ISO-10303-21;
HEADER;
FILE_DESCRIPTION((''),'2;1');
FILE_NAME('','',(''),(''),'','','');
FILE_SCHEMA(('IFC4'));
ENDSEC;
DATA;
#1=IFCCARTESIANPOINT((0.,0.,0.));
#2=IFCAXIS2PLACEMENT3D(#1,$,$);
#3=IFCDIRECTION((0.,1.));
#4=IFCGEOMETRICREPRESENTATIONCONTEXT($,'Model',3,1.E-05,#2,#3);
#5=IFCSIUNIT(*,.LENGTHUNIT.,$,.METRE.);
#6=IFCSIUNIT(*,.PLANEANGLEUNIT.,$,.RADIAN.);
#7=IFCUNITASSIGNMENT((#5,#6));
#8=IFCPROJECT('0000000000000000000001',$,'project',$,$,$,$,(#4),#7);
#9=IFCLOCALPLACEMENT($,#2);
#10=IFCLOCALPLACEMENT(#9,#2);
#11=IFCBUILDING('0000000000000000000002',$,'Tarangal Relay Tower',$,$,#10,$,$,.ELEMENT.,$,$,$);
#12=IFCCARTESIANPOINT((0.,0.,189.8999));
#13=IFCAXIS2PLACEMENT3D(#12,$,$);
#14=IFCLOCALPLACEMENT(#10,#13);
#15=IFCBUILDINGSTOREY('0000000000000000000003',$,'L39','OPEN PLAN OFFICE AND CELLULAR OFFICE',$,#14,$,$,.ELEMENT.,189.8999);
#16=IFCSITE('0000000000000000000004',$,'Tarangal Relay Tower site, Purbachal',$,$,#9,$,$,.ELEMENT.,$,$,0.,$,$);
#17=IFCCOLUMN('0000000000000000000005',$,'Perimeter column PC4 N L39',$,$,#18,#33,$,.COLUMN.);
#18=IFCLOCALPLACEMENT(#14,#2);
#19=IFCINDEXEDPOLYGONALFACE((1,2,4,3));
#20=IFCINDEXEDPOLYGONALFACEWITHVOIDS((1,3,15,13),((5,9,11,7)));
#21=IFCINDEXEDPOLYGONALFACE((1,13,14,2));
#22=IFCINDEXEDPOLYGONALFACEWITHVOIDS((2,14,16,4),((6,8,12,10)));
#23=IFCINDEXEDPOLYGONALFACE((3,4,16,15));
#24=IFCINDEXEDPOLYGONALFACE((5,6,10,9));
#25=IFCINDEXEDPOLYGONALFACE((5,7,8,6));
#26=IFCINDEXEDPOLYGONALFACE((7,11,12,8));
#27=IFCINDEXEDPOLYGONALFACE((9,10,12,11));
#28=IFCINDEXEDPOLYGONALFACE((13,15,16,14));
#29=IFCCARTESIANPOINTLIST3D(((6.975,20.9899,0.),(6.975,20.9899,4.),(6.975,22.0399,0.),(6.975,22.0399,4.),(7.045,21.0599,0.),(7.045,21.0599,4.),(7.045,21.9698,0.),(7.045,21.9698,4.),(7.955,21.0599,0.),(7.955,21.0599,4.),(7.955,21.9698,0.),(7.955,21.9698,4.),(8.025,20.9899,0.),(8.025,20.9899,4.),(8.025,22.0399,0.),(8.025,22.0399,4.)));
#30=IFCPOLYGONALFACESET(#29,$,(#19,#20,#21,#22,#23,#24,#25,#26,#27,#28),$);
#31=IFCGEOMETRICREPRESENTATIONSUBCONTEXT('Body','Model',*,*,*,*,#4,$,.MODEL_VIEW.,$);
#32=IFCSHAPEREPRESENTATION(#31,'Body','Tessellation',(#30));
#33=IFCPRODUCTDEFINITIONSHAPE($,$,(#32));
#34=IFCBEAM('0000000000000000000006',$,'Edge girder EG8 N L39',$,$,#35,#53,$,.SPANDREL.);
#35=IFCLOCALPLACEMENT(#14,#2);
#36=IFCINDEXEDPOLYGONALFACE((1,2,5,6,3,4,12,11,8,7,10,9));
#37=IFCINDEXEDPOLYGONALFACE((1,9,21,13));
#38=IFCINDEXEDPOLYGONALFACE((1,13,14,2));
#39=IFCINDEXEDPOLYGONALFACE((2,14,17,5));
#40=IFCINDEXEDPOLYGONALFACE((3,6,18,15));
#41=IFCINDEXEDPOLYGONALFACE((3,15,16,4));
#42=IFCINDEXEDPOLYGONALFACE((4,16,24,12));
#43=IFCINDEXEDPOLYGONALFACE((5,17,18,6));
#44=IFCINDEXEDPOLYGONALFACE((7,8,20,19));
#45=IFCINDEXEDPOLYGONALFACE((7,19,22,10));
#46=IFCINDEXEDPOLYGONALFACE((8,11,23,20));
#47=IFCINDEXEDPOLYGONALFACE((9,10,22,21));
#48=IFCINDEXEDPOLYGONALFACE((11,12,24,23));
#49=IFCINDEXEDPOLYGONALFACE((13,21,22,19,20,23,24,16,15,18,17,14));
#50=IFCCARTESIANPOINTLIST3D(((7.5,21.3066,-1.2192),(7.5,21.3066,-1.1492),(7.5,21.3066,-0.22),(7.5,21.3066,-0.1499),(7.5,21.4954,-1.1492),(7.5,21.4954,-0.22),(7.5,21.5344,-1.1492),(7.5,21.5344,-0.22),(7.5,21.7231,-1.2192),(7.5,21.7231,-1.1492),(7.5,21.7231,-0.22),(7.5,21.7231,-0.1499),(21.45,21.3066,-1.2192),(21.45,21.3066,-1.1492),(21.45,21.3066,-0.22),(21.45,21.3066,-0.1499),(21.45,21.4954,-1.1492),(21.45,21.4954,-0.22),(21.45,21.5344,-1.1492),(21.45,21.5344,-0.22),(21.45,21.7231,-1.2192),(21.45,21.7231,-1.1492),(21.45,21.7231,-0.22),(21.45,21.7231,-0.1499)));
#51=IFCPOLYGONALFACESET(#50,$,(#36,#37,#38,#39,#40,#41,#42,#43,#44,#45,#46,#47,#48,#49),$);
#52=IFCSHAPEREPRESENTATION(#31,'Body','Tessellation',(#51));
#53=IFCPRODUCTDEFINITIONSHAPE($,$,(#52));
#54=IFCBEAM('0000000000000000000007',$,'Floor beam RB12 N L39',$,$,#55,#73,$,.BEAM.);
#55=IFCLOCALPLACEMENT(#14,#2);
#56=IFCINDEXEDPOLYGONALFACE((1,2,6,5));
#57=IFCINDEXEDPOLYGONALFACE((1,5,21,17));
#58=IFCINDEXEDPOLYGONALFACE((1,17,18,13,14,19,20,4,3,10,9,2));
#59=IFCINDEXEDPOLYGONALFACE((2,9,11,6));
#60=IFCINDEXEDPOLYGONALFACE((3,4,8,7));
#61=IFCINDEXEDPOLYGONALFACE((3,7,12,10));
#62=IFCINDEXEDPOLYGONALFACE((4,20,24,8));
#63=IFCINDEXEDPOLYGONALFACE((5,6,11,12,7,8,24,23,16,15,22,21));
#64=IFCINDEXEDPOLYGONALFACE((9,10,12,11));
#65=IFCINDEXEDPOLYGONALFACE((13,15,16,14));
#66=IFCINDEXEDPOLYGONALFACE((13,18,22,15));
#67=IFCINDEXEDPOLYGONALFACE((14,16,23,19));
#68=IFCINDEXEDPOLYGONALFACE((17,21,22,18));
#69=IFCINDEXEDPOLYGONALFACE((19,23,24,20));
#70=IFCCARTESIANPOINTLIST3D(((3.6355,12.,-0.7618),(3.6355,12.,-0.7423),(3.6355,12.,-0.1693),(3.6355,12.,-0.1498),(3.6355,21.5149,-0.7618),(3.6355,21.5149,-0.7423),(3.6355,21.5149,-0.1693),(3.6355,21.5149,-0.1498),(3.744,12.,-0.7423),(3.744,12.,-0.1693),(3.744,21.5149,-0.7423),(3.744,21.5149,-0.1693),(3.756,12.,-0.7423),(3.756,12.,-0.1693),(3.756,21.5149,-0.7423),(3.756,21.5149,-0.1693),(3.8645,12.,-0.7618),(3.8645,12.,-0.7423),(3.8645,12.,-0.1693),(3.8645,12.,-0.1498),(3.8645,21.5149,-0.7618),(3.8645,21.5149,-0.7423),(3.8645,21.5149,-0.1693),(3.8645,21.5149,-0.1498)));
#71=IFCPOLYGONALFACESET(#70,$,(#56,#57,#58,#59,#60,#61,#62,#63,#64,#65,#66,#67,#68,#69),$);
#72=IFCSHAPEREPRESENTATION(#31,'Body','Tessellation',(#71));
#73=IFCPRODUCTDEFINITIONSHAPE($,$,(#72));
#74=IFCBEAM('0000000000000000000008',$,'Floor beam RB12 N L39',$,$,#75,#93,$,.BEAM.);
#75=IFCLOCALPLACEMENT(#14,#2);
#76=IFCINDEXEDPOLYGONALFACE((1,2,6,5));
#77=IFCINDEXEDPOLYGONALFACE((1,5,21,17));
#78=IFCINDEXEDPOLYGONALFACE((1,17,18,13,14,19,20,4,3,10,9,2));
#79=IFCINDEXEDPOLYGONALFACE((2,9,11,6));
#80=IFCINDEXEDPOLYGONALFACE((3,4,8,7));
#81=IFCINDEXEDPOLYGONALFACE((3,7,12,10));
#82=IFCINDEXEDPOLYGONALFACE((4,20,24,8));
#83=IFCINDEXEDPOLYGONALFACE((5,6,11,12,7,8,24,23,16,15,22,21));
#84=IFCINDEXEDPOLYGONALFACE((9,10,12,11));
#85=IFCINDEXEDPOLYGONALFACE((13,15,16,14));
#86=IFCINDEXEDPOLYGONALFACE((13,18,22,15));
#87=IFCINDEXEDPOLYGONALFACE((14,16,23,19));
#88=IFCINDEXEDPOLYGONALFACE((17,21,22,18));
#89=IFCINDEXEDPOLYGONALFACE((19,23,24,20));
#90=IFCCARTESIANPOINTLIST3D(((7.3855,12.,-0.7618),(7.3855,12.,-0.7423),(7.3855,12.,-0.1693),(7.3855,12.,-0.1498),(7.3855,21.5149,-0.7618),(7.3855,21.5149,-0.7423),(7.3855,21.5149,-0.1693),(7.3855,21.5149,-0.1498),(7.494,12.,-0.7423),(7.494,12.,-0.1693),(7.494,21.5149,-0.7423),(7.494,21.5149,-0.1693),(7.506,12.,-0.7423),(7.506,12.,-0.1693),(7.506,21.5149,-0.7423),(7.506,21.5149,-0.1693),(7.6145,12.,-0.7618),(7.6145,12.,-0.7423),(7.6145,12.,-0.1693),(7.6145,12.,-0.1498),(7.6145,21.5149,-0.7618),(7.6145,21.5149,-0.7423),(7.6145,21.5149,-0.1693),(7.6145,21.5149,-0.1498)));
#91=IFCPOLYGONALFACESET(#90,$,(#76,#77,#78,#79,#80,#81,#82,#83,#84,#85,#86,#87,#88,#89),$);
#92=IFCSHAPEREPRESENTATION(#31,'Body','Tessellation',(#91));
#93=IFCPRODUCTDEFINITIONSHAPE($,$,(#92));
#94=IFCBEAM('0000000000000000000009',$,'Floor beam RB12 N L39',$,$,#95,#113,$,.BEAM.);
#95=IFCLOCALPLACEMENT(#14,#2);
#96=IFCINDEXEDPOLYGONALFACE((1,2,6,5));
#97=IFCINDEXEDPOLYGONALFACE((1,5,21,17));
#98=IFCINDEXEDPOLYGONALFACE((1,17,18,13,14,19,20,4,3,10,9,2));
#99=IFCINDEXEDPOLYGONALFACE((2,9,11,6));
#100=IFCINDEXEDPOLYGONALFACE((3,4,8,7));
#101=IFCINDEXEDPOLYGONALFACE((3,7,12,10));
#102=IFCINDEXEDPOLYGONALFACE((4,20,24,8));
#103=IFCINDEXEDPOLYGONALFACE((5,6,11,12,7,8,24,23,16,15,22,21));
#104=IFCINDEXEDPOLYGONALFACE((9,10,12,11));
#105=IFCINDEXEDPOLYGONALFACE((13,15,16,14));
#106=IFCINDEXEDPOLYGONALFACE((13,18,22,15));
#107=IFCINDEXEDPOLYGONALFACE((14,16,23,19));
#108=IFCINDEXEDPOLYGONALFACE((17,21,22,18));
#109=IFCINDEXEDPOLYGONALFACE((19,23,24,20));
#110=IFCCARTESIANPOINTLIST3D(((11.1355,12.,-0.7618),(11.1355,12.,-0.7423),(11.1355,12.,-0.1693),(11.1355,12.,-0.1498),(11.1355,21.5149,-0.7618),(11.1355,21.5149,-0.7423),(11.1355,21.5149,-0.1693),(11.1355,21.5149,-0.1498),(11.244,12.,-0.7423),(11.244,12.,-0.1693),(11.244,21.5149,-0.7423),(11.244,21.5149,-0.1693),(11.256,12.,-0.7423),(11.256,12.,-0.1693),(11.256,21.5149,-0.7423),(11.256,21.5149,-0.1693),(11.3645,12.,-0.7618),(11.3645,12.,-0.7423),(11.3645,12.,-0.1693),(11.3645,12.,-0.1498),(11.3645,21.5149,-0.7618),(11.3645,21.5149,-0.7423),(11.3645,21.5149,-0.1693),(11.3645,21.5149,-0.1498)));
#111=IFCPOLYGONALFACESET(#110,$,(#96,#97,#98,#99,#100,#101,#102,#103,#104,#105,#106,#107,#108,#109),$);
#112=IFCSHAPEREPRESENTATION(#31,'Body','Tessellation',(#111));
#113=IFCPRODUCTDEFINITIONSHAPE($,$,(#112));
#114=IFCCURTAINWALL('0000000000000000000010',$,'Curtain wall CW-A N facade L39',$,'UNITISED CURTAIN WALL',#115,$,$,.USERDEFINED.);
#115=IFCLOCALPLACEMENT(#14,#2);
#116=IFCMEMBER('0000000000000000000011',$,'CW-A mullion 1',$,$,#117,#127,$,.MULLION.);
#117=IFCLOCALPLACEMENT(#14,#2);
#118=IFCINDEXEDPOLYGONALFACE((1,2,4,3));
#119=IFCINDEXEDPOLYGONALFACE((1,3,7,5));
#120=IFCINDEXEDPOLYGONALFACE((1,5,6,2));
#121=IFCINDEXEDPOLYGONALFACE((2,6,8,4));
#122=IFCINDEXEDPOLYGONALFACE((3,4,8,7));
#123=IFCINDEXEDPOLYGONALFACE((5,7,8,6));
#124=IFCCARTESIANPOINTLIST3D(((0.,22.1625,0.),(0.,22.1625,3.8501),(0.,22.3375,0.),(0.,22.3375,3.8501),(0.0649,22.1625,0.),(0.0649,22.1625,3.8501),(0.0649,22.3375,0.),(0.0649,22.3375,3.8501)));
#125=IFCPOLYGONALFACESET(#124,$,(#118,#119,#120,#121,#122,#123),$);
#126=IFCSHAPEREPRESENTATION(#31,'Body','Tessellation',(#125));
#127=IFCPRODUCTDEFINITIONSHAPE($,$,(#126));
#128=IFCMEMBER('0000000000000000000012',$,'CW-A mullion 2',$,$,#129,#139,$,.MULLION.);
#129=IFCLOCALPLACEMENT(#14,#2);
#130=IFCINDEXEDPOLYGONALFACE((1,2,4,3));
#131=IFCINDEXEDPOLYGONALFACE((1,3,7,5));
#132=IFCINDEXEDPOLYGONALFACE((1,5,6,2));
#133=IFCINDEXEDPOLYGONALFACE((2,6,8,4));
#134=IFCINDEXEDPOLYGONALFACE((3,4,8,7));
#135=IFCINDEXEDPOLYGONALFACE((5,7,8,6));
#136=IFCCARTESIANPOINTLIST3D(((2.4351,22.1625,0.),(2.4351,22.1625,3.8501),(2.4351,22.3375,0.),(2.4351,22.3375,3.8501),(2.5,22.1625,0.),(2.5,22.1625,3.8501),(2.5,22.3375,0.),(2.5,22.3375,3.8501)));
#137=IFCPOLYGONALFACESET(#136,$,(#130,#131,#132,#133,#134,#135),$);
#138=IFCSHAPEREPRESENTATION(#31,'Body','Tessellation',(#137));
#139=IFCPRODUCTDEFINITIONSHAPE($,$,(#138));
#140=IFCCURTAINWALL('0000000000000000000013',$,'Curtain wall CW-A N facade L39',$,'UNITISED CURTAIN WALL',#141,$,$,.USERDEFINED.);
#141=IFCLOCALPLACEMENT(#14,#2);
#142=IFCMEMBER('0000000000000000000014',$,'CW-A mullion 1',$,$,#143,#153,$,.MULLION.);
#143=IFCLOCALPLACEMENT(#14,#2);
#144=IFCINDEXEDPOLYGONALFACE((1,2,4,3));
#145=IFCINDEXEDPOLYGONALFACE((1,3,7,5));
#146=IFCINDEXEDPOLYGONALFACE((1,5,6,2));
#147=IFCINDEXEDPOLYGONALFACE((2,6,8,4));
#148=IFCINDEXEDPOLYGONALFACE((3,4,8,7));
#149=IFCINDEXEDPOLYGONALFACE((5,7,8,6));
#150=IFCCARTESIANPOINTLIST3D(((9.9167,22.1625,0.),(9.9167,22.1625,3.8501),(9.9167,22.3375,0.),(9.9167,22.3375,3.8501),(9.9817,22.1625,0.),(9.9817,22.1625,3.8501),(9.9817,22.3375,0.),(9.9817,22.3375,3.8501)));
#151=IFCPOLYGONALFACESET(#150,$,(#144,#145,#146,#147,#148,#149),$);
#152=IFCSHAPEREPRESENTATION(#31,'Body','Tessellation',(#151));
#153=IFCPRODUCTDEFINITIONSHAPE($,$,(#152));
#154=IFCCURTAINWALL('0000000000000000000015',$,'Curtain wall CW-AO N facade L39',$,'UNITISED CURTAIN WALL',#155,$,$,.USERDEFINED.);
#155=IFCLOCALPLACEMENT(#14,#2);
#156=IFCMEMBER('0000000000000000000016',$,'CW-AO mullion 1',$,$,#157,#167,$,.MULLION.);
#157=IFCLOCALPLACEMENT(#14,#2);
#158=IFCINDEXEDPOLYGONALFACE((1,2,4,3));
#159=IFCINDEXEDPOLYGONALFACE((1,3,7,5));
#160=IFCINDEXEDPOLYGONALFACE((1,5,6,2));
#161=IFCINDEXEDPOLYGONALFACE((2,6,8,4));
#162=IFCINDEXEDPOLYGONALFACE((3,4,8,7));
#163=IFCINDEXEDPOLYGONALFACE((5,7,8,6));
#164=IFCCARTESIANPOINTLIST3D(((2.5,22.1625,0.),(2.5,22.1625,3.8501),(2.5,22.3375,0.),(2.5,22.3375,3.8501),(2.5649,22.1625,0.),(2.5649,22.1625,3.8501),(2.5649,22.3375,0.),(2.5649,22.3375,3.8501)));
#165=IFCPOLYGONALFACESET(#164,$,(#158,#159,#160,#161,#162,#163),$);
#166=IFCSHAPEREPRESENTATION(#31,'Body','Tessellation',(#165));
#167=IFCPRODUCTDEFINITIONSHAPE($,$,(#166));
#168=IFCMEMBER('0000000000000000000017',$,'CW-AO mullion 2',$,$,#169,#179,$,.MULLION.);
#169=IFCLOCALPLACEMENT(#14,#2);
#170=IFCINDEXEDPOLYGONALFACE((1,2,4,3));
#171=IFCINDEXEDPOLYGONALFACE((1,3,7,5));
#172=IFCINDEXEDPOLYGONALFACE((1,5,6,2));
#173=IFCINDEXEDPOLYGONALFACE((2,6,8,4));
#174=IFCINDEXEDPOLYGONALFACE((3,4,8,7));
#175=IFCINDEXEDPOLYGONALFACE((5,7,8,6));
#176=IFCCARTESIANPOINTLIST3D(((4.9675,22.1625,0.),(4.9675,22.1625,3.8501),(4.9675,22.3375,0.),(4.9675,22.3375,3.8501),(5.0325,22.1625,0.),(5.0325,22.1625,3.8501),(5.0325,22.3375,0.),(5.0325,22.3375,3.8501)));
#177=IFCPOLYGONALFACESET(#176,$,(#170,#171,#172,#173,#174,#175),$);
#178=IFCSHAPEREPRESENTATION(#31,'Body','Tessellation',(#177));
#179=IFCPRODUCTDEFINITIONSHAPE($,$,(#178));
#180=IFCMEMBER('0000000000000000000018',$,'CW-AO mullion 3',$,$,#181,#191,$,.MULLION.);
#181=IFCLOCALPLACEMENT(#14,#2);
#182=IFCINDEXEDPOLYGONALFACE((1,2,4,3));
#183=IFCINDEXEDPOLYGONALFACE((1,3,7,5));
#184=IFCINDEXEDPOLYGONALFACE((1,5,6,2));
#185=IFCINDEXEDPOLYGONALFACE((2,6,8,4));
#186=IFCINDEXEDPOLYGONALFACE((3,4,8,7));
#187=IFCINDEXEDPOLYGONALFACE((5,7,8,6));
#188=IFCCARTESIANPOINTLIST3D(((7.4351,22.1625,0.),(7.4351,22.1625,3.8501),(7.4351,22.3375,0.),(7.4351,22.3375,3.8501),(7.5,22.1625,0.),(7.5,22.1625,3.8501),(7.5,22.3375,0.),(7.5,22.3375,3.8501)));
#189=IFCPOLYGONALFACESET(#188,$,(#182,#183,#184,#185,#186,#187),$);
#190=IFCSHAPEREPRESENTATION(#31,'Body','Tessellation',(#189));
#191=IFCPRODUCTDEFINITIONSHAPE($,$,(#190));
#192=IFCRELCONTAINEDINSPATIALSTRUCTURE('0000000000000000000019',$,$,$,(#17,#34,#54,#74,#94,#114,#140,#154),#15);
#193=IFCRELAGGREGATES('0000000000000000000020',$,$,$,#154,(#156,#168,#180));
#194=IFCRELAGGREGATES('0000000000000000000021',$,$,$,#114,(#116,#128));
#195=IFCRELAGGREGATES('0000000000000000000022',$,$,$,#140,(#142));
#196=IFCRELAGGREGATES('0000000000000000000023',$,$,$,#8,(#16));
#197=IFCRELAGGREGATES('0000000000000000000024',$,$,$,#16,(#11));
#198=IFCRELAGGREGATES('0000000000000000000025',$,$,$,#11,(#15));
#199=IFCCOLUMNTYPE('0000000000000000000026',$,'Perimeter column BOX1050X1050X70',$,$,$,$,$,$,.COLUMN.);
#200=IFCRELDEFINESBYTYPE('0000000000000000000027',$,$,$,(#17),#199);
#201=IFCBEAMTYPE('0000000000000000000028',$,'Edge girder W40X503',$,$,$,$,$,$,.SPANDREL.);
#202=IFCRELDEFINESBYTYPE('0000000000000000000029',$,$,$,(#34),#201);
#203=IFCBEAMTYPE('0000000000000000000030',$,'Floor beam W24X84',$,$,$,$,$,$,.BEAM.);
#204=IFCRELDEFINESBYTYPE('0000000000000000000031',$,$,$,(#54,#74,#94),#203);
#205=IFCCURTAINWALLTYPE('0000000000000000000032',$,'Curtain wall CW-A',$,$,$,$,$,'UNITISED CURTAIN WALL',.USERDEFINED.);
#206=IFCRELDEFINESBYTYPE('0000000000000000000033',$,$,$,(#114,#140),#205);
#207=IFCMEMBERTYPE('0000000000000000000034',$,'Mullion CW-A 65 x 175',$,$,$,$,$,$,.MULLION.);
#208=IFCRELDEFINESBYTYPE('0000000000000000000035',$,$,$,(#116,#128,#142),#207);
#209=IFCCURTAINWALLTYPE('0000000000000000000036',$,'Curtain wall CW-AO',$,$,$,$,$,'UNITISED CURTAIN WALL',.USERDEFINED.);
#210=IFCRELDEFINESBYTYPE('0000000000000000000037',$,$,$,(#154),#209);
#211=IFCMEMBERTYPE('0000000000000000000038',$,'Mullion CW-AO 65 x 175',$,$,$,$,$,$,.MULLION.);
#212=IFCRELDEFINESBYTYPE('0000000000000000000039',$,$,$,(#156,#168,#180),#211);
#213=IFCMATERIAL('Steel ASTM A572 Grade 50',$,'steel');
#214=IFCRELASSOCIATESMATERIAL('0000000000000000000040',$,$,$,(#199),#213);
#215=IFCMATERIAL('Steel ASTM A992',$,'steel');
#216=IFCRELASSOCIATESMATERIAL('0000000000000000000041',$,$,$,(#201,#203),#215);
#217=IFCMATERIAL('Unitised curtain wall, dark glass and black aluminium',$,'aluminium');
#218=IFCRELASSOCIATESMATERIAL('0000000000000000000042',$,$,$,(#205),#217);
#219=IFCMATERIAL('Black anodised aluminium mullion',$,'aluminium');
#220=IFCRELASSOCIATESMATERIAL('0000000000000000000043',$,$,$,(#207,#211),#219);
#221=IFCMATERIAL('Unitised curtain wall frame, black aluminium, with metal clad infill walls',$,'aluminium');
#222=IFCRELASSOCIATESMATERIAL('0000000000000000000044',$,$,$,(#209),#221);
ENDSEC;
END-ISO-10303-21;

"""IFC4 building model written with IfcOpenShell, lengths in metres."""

from ifc_helpers import new_model, si_unit, direction, frame, origin, origin_2d, place, context, subcontext, project, spatial, rectangle, hollow_rectangle, i_section, extrude, material, material_profile, profile_set, type_object, element, aggregate, save


model = new_model("IFC4")

# Units and contexts
model_context = context("Model", 3, precision=1e-05, world=origin(), true_north=direction((0.0, 1.0)))
body_context = subcontext(model_context, "Body", "Model", "MODEL_VIEW")
ifc_project = project(units=[si_unit("LENGTHUNIT", "METRE"), si_unit("PLANEANGLEUNIT", "RADIAN")], contexts=[model_context])

# Site, building, storey
site_placement = place(None, origin())
site = spatial("IfcSite", under=ifc_project, at=site_placement, Name="Tarangal Relay Tower site, Purbachal", CompositionType="ELEMENT", RefElevation=0.0)
building_placement = place(site_placement, origin())
building = spatial("IfcBuilding", under=site, at=building_placement, Name="Tarangal Relay Tower", CompositionType="ELEMENT")
storey_placement = place(building_placement, frame((0.0, 0.0, 189.8999)))
storey = spatial("IfcBuildingStorey", under=building, at=storey_placement, Name="L39", Description="OPEN PLAN OFFICE AND CELLULAR OFFICE", CompositionType="ELEMENT", Elevation=189.8999)

# Column
ifc_material_1 = material(Name="Steel ASTM A572 Grade 50", Category="steel")
ifc_material_profile_1 = material_profile(ifc_material_1, hollow_rectangle(XDim=1.05, YDim=1.05, WallThickness=0.0701, at=origin_2d()), Name="BOX1050X1050X70")
ifc_profile_set_1 = profile_set([ifc_material_profile_1], Name="Steel ASTM A572 Grade 50")
column_type = type_object("IfcColumnType", Name="Perimeter column BOX1050X1050X70", PredefinedType="COLUMN", material=ifc_profile_set_1)
column_placement = place(storey_placement, frame((7.5, 21.5149, 0.0), z_axis=(0.0, 0.0, 1.0), x_axis=(1.0, 0.0, 0.0)))
element("IfcColumn", 1, at=column_placement, inside=storey, type_object=column_type, Name="Perimeter column PC4 N L39", PredefinedType="COLUMN", context=body_context, shape_type="SweptSolid", body=[
    extrude(hollow_rectangle(XDim=1.05, YDim=1.05, WallThickness=0.0701, at=origin_2d()), origin(), (0.0, 0.0, 1.0), 4.0),
])

# Beams
ifc_material_2 = material(Name="Steel ASTM A992", Category="steel")
ifc_material_profile_2 = material_profile(ifc_material_2, i_section(OverallWidth=0.4165, OverallDepth=1.0693, WebThickness=0.0391, FlangeThickness=0.0701, at=origin_2d()), Name="W40X503")
ifc_profile_set_2 = profile_set([ifc_material_profile_2], Name="Steel ASTM A992")
beam_type_1 = type_object("IfcBeamType", Name="Edge girder W40X503", PredefinedType="SPANDREL", material=ifc_profile_set_2)
beam_placement = place(storey_placement, frame((7.5, 21.5149, -0.6846), z_axis=(1.0, 0.0, 0.0), x_axis=(0.0, 1.0, 0.0)))
element("IfcBeam", 2, at=beam_placement, inside=storey, type_object=beam_type_1, Name="Edge girder EG8 N L39", PredefinedType="SPANDREL", context=body_context, shape_type="SweptSolid", body=[
    extrude(i_section(OverallWidth=0.4165, OverallDepth=1.0693, WebThickness=0.0391, FlangeThickness=0.0701, at=origin_2d()), origin(), (0.0, 0.0, 1.0), 13.95),
])
ifc_material_profile_3 = material_profile(ifc_material_2, i_section(OverallWidth=0.229, OverallDepth=0.6121, WebThickness=0.012, FlangeThickness=0.0195, at=origin_2d()), Name="W24X84")
ifc_profile_set_3 = profile_set([ifc_material_profile_3], Name="Steel ASTM A992")
beam_type_2 = type_object("IfcBeamType", Name="Floor beam W24X84", PredefinedType="BEAM", material=ifc_profile_set_3)
for number, where, z_axis, x_axis, name in (
    (3, (3.75, 12.0, -0.4558), (0.0, 1.0, 0.0), (-1.0, 0.0, 0.0), "Floor beam RB12 N L39"),
    (4, (7.5, 12.0, -0.4558), (0.0, 1.0, 0.0), (-1.0, 0.0, 0.0), "Floor beam RB12 N L39"),
    (5, (11.25, 12.0, -0.4558), (0.0, 1.0, 0.0), (-1.0, 0.0, 0.0), "Floor beam RB12 N L39"),
):
    element("IfcBeam", number, at=place(storey_placement, frame(where, z_axis=z_axis, x_axis=x_axis)), inside=storey, type_object=beam_type_2, Name=name, PredefinedType="BEAM", context=body_context, shape_type="SweptSolid", body=[
        extrude(i_section(OverallWidth=0.229, OverallDepth=0.6121, WebThickness=0.012, FlangeThickness=0.0195, at=origin_2d()), origin(), (0.0, 0.0, 1.0), 9.5149),
    ])

# Curtain wall, members
ifc_material_3 = material(Name="Unitised curtain wall, dark glass and black aluminium", Category="aluminium")
curtain_wall_type_1 = type_object("IfcCurtainWallType", Name="Curtain wall CW-A", ElementType="UNITISED CURTAIN WALL", PredefinedType="USERDEFINED", material=ifc_material_3)
curtain_wall_1_placement = place(storey_placement, origin())
curtain_wall_1 = element("IfcCurtainWall", 6, at=curtain_wall_1_placement, inside=storey, type_object=curtain_wall_type_1, Name="Curtain wall CW-A N facade L39", ObjectType="UNITISED CURTAIN WALL", PredefinedType="USERDEFINED")
ifc_material_4 = material(Name="Black anodised aluminium mullion", Category="aluminium")
ifc_material_profile_4 = material_profile(ifc_material_4, rectangle(XDim=0.175, YDim=0.0649, at=origin_2d()), Name="CW-AM 65X175")
ifc_profile_set_4 = profile_set([ifc_material_profile_4], Name="Black anodised aluminium mullion")
member_type_1 = type_object("IfcMemberType", Name="Mullion CW-A 65 x 175", PredefinedType="MULLION", material=ifc_profile_set_4)
member_1_placement = place(storey_placement, frame((0.0325, 22.25, 0.0), z_axis=(0.0, 0.0, 1.0), x_axis=(0.0, 1.0, 0.0)))
member_1 = element("IfcMember", 7, at=member_1_placement, type_object=member_type_1, Name="CW-A mullion 1", PredefinedType="MULLION", context=body_context, shape_type="SweptSolid", body=[
    extrude(rectangle(XDim=0.175, YDim=0.0649, at=origin_2d()), origin(), (0.0, 0.0, 1.0), 3.8501),
])
member_2_placement = place(storey_placement, frame((2.4675, 22.25, 0.0), z_axis=(0.0, 0.0, 1.0), x_axis=(0.0, 1.0, 0.0)))
member_2 = element("IfcMember", 8, at=member_2_placement, type_object=member_type_1, Name="CW-A mullion 2", PredefinedType="MULLION", context=body_context, shape_type="SweptSolid", body=[
    extrude(rectangle(XDim=0.175, YDim=0.0649, at=origin_2d()), origin(), (0.0, 0.0, 1.0), 3.8501),
])

# Curtain wall, member
curtain_wall_2_placement = place(storey_placement, origin())
curtain_wall_2 = element("IfcCurtainWall", 9, at=curtain_wall_2_placement, inside=storey, type_object=curtain_wall_type_1, Name="Curtain wall CW-A N facade L39", ObjectType="UNITISED CURTAIN WALL", PredefinedType="USERDEFINED")
member_3_placement = place(storey_placement, frame((9.9492, 22.25, 0.0), z_axis=(0.0, 0.0, 1.0), x_axis=(0.0, 1.0, 0.0)))
member_3 = element("IfcMember", 10, at=member_3_placement, type_object=member_type_1, Name="CW-A mullion 1", PredefinedType="MULLION", context=body_context, shape_type="SweptSolid", body=[
    extrude(rectangle(XDim=0.175, YDim=0.0649, at=origin_2d()), origin(), (0.0, 0.0, 1.0), 3.8501),
])

# Curtain wall, members
ifc_material_5 = material(Name="Unitised curtain wall frame, black aluminium, with metal clad infill walls", Category="aluminium")
curtain_wall_type_2 = type_object("IfcCurtainWallType", Name="Curtain wall CW-AO", ElementType="UNITISED CURTAIN WALL", PredefinedType="USERDEFINED", material=ifc_material_5)
curtain_wall_3_placement = place(storey_placement, origin())
curtain_wall_3 = element("IfcCurtainWall", 11, at=curtain_wall_3_placement, inside=storey, type_object=curtain_wall_type_2, Name="Curtain wall CW-AO N facade L39", ObjectType="UNITISED CURTAIN WALL", PredefinedType="USERDEFINED")
ifc_material_profile_5 = material_profile(ifc_material_4, rectangle(XDim=0.175, YDim=0.0649, at=origin_2d()), Name="CW-AOM 65X175")
ifc_profile_set_5 = profile_set([ifc_material_profile_5], Name="Black anodised aluminium mullion")
member_type_2 = type_object("IfcMemberType", Name="Mullion CW-AO 65 x 175", PredefinedType="MULLION", material=ifc_profile_set_5)
member_4_placement = place(storey_placement, frame((2.5325, 22.25, 0.0), z_axis=(0.0, 0.0, 1.0), x_axis=(0.0, 1.0, 0.0)))
member_4 = element("IfcMember", 12, at=member_4_placement, type_object=member_type_2, Name="CW-AO mullion 1", PredefinedType="MULLION", context=body_context, shape_type="SweptSolid", body=[
    extrude(rectangle(XDim=0.175, YDim=0.0649, at=origin_2d()), origin(), (0.0, 0.0, 1.0), 3.8501),
])
member_5_placement = place(storey_placement, frame((5.0, 22.25, 0.0), z_axis=(0.0, 0.0, 1.0), x_axis=(0.0, 1.0, 0.0)))
member_5 = element("IfcMember", 13, at=member_5_placement, type_object=member_type_2, Name="CW-AO mullion 2", PredefinedType="MULLION", context=body_context, shape_type="SweptSolid", body=[
    extrude(rectangle(XDim=0.175, YDim=0.0649, at=origin_2d()), origin(), (0.0, 0.0, 1.0), 3.8501),
])
member_6_placement = place(storey_placement, frame((7.4675, 22.25, 0.0), z_axis=(0.0, 0.0, 1.0), x_axis=(0.0, 1.0, 0.0)))
member_6 = element("IfcMember", 14, at=member_6_placement, type_object=member_type_2, Name="CW-AO mullion 3", PredefinedType="MULLION", context=body_context, shape_type="SweptSolid", body=[
    extrude(rectangle(XDim=0.175, YDim=0.0649, at=origin_2d()), origin(), (0.0, 0.0, 1.0), 3.8501),
])

aggregate(curtain_wall_3, [member_4, member_5, member_6])

aggregate(curtain_wall_1, [member_1, member_2])
aggregate(curtain_wall_2, [member_3])

save(model, "model.ifc")
